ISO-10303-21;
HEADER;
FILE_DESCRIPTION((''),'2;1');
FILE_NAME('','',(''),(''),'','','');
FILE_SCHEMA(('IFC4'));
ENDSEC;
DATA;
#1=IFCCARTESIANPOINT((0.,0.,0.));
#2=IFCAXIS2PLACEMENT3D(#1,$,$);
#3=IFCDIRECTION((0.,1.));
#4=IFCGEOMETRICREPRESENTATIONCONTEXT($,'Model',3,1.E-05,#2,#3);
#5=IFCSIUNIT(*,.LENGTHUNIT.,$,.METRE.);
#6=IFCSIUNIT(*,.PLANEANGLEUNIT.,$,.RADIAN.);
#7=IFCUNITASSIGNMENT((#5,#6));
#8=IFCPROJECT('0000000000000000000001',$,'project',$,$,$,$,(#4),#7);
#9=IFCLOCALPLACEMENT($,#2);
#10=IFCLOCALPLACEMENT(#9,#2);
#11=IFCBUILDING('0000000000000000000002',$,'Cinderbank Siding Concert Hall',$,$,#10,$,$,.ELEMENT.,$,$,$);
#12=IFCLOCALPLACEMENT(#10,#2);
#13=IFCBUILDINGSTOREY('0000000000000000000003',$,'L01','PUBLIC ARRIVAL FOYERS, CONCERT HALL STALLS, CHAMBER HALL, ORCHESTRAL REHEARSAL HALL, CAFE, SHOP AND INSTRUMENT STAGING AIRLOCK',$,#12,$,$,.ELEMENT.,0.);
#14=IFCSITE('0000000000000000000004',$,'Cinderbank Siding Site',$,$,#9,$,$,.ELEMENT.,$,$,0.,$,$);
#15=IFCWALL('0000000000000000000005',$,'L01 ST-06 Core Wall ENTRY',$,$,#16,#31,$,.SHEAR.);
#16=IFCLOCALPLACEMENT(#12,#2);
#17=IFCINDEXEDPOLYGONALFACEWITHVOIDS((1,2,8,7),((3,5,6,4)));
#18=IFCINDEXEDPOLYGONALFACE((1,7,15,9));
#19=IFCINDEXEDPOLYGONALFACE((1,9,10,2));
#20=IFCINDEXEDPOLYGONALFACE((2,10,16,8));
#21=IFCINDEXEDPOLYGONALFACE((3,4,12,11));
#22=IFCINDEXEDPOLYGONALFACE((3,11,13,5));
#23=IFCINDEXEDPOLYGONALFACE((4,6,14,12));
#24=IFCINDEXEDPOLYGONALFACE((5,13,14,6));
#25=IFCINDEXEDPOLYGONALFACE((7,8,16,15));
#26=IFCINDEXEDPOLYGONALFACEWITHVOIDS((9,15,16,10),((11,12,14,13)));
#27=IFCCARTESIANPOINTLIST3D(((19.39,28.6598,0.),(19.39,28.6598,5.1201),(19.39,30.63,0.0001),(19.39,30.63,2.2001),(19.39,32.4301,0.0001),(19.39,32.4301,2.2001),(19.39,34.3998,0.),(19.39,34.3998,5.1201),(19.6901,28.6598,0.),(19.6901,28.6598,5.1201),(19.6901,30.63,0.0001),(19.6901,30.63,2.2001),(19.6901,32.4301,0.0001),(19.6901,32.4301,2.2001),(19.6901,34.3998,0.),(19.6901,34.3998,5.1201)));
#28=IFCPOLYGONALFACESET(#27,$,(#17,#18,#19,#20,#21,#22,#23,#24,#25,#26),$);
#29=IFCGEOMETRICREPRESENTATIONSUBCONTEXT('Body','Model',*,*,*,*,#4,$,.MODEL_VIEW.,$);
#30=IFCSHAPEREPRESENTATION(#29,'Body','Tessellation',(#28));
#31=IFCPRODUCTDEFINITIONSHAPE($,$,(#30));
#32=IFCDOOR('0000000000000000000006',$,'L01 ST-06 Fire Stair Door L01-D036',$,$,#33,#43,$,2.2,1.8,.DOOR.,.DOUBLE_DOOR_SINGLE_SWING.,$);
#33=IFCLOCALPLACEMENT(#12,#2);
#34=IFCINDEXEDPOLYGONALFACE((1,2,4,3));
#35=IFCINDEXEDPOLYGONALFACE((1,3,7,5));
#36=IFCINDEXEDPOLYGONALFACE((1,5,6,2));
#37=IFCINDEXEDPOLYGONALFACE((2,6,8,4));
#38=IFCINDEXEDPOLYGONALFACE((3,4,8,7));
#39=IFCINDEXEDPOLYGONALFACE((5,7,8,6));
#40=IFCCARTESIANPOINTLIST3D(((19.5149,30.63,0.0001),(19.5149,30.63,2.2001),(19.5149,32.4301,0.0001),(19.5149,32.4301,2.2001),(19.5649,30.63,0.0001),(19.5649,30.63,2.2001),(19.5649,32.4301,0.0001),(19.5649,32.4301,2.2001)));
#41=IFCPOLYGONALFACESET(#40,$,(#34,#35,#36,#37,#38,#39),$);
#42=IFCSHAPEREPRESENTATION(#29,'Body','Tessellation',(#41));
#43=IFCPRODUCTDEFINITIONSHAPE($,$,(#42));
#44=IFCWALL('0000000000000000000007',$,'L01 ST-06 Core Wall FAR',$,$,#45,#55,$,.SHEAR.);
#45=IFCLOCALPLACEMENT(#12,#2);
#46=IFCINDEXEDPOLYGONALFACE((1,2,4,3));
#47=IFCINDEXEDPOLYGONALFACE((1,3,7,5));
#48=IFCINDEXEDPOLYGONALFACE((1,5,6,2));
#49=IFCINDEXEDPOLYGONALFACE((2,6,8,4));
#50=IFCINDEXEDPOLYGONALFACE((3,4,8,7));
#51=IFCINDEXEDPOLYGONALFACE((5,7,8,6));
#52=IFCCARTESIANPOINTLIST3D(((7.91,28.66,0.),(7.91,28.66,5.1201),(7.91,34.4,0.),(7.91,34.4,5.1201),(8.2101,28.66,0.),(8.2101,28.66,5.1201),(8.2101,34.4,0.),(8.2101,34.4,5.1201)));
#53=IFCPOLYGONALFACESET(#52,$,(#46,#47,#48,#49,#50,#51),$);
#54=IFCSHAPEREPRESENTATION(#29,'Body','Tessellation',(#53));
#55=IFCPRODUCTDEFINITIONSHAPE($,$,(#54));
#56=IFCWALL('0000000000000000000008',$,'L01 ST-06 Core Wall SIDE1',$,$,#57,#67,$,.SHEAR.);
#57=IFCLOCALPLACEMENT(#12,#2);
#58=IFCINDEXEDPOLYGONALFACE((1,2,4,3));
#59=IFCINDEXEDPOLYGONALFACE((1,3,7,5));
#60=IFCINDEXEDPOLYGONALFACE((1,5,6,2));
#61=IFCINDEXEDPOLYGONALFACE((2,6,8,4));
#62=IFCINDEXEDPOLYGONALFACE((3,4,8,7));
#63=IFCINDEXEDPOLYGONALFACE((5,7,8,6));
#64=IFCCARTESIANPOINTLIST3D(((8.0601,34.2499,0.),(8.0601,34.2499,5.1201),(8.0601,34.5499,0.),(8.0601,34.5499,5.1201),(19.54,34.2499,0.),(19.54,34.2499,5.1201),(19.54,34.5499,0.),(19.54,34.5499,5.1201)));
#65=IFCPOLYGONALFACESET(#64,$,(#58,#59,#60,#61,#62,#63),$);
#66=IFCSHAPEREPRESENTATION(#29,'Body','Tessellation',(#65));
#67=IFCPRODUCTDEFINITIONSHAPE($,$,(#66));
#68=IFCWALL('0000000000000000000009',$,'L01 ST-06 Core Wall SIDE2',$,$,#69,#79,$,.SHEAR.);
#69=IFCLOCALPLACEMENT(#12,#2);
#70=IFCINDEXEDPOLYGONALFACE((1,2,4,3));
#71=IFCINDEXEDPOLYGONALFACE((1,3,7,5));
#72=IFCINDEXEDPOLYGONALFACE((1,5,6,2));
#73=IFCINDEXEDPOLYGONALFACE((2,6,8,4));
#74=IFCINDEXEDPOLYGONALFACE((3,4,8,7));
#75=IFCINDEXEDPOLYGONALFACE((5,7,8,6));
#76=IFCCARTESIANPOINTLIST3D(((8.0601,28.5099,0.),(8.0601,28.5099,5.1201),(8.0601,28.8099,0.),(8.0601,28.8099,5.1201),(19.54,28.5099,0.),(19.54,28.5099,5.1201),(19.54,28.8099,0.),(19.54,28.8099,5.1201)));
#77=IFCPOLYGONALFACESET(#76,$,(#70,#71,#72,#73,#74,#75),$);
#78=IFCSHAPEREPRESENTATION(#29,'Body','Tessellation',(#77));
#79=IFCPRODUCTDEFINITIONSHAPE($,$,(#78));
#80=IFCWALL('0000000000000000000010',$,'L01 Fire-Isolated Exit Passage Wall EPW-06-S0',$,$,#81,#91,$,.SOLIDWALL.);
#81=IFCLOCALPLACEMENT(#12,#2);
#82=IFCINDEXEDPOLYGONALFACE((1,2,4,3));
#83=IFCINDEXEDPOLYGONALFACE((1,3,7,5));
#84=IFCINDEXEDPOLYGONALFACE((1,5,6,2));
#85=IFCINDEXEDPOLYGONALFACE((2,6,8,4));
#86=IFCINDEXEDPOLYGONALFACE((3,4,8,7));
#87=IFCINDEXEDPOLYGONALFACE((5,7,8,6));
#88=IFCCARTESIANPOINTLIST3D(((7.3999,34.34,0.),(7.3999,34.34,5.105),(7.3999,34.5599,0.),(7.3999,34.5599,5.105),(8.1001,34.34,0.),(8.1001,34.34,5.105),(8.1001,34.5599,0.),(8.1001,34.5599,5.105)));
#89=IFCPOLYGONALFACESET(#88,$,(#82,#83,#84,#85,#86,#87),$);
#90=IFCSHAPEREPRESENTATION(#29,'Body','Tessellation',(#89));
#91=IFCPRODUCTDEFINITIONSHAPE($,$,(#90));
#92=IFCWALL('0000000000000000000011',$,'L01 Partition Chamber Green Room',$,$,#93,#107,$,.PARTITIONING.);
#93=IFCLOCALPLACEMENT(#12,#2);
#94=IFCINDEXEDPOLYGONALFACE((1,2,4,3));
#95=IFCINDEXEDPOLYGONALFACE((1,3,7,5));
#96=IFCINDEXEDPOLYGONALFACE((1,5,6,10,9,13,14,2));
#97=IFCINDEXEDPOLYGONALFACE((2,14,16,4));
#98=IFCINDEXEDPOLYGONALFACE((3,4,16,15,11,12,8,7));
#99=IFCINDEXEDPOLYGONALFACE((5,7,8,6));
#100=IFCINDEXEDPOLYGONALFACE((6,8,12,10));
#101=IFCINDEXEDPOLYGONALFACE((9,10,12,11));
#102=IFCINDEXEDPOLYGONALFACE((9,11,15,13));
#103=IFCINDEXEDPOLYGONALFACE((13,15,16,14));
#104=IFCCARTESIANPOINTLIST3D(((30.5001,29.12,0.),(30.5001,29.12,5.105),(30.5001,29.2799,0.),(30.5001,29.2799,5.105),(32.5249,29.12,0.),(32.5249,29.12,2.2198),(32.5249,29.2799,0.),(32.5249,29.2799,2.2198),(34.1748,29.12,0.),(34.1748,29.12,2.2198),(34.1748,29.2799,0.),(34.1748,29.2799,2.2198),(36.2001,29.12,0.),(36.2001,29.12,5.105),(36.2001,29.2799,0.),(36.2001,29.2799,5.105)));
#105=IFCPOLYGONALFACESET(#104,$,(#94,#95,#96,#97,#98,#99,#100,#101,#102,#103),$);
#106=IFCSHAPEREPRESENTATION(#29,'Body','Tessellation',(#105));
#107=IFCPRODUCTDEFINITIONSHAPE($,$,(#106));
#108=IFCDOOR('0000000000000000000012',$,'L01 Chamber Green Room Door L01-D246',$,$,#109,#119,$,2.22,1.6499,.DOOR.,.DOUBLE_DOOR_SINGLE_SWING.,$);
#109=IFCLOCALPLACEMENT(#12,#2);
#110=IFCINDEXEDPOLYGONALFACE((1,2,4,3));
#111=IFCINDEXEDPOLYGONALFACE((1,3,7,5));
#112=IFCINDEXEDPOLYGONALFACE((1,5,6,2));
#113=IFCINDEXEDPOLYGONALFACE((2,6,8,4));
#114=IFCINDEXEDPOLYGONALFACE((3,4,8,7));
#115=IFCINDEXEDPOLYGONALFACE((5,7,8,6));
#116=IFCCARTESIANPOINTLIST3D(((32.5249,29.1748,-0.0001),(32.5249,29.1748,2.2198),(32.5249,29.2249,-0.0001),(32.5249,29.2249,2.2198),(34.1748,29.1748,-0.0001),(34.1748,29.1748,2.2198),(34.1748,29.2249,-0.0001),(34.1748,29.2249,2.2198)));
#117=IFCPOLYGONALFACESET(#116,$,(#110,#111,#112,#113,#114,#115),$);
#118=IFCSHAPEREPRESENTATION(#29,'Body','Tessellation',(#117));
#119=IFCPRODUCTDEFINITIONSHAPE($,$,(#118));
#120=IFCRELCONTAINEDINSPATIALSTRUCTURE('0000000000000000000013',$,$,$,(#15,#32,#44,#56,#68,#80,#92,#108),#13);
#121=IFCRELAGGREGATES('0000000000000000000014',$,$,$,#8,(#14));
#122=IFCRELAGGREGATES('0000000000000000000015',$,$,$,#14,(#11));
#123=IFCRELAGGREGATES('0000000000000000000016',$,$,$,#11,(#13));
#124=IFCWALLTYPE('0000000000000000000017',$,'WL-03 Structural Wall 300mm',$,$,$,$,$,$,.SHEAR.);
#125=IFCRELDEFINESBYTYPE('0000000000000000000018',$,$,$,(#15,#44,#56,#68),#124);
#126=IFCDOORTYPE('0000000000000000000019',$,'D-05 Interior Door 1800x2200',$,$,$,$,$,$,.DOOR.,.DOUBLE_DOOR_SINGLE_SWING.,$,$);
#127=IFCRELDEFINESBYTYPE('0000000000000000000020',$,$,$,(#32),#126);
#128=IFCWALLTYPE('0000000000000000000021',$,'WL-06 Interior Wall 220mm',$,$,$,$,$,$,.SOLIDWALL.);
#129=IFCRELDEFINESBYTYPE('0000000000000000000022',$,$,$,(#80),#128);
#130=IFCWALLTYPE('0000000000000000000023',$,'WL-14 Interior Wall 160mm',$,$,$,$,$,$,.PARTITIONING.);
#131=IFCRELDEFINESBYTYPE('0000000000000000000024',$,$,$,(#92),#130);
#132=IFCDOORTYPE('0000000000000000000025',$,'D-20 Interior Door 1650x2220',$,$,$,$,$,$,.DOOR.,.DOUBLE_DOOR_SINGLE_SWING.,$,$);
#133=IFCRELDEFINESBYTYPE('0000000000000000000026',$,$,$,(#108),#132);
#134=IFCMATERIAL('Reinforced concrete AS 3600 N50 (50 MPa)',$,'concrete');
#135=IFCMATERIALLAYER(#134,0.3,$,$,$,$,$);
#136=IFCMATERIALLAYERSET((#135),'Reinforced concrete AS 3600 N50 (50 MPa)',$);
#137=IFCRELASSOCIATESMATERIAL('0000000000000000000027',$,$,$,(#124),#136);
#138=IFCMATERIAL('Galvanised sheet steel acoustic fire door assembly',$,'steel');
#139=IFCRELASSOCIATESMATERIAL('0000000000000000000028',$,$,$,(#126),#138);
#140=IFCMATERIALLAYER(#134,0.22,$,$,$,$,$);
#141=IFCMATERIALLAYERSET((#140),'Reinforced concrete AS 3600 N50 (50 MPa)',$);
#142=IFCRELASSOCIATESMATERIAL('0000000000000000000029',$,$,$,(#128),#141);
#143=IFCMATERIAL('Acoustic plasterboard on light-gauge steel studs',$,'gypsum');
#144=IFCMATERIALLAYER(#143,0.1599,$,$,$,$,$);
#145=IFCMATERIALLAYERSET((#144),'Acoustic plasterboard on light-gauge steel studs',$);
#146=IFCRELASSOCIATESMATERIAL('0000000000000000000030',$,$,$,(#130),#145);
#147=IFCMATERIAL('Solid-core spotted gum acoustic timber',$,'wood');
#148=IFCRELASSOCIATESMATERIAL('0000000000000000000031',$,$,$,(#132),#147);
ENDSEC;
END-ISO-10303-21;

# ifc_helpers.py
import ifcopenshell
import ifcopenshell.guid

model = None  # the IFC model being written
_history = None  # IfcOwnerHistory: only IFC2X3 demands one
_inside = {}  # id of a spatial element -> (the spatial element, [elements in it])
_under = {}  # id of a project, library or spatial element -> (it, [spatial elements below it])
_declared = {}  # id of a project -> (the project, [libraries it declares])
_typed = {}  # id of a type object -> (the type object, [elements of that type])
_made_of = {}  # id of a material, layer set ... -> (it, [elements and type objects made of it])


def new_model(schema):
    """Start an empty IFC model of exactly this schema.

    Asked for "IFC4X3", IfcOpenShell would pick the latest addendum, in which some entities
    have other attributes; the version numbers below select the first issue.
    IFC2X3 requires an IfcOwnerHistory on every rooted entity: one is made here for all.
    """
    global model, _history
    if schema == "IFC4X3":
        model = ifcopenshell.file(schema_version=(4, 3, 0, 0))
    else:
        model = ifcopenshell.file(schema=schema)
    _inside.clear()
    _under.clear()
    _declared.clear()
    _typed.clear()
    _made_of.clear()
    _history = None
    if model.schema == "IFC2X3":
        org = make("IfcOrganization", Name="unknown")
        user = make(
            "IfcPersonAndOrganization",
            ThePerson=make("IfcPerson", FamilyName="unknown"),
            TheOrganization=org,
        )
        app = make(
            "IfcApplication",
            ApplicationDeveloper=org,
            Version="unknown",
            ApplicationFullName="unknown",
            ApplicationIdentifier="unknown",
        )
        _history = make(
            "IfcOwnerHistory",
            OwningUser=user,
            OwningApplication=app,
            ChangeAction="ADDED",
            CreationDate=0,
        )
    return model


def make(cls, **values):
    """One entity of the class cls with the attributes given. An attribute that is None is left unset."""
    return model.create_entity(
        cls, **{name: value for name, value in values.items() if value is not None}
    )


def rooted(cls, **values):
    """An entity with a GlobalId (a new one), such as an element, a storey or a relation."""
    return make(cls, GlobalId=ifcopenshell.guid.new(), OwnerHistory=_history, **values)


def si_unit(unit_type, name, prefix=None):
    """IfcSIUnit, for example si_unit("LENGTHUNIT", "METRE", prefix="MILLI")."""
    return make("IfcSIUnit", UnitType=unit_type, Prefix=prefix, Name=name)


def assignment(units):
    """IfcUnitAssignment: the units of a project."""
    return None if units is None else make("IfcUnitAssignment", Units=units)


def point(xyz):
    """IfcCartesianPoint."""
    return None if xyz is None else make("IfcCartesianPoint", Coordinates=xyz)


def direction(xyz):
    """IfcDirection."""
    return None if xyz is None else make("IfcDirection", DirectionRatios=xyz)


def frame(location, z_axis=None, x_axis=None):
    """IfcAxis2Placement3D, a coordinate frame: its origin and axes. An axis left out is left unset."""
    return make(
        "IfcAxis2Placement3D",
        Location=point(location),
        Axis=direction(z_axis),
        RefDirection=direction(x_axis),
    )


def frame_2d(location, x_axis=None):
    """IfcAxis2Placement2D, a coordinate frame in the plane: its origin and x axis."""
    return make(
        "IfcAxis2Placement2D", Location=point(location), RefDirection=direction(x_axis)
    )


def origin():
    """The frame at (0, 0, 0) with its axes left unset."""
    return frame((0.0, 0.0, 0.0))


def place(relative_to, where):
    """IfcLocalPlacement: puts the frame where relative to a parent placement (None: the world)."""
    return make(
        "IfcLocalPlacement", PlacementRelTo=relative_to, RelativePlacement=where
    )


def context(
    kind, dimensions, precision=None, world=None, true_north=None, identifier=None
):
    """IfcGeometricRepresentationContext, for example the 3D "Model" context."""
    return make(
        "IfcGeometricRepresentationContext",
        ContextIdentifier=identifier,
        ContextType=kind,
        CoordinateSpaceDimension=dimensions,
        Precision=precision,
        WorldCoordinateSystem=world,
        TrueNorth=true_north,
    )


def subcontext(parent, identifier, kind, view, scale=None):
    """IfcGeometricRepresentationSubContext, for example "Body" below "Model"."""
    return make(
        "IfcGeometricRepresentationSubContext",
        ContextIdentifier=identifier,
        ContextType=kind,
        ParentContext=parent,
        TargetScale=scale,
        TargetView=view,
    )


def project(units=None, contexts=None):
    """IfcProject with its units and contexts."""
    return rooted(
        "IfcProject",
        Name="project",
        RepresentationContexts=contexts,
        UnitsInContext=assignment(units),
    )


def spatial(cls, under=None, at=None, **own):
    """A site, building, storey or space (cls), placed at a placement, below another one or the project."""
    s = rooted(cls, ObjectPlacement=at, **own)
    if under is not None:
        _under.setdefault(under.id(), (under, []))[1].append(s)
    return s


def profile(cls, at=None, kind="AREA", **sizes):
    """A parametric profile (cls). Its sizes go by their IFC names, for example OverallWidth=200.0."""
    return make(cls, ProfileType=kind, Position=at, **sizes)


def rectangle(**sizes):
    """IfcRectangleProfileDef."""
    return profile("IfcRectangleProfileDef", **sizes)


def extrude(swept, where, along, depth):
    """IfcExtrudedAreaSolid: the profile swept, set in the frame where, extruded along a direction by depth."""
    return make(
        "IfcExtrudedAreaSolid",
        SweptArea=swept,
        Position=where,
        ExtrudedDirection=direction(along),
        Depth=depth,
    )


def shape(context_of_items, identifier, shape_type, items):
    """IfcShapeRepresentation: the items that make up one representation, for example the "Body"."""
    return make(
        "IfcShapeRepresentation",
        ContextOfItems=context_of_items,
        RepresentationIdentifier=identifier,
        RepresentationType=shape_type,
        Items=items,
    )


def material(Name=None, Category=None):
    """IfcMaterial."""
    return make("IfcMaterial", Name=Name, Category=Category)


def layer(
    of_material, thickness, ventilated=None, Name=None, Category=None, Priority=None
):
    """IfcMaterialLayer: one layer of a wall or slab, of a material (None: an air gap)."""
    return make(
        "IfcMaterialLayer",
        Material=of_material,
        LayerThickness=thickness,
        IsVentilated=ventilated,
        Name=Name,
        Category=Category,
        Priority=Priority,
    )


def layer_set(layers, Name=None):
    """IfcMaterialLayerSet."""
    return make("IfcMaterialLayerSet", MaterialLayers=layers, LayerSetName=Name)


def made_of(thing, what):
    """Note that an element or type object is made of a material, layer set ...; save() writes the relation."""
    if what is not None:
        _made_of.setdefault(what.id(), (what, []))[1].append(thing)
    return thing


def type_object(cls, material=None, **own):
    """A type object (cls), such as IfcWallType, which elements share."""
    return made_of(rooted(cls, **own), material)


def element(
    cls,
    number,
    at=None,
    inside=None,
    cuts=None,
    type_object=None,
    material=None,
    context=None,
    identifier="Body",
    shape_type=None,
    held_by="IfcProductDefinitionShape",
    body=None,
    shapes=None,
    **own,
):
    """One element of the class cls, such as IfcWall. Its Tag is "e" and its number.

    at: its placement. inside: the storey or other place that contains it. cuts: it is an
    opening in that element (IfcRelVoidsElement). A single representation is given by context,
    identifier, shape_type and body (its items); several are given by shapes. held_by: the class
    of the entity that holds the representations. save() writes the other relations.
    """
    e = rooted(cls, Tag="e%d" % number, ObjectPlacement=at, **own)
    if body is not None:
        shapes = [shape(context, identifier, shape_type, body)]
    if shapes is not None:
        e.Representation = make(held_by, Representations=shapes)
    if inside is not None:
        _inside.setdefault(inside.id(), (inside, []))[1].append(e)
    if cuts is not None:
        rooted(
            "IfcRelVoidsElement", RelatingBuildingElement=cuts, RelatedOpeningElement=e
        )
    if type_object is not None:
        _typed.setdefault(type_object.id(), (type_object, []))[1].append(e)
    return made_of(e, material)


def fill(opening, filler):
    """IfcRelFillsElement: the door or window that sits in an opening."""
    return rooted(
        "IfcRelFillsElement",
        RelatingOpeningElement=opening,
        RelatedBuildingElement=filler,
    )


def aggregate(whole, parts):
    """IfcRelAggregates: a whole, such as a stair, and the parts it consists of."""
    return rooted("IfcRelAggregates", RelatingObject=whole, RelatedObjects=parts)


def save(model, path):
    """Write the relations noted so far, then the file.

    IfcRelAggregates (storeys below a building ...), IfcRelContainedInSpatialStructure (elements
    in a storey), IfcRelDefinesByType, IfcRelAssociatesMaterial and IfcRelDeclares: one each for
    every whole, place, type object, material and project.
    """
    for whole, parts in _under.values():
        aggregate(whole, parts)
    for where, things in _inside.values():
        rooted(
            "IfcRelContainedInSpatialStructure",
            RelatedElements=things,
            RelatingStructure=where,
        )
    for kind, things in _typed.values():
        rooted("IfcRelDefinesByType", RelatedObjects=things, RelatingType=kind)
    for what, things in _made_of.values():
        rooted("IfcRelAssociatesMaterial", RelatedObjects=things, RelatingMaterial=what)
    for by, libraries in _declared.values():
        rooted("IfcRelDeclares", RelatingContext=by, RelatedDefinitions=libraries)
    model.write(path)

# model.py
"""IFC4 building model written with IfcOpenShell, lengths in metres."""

from ifc_helpers import new_model, si_unit, direction, frame, frame_2d, origin, place, context, subcontext, project, spatial, rectangle, extrude, material, layer, layer_set, type_object, element, fill, save


model = new_model("IFC4")

# Units and contexts
model_context = context("Model", 3, precision=1e-05, world=origin(), true_north=direction((0.0, 1.0)))
body_context = subcontext(model_context, "Body", "Model", "MODEL_VIEW")
ifc_project = project(units=[si_unit("LENGTHUNIT", "METRE"), si_unit("PLANEANGLEUNIT", "RADIAN")], contexts=[model_context])

# Site, building, storey
site_placement = place(None, origin())
site = spatial("IfcSite", under=ifc_project, at=site_placement, Name="Cinderbank Siding Site", CompositionType="ELEMENT", RefElevation=0.0)
building_placement = place(site_placement, origin())
building = spatial("IfcBuilding", under=site, at=building_placement, Name="Cinderbank Siding Concert Hall", CompositionType="ELEMENT")
storey_placement = place(building_placement, origin())
storey = spatial("IfcBuildingStorey", under=building, at=storey_placement, Name="L01", Description="PUBLIC ARRIVAL FOYERS, CONCERT HALL STALLS, CHAMBER HALL, ORCHESTRAL REHEARSAL HALL, CAFE, SHOP AND INSTRUMENT STAGING AIRLOCK", CompositionType="ELEMENT", Elevation=0.0)

# Shared definitions
ifc_material_1 = material(Name="Reinforced concrete AS 3600 N50 (50 MPa)", Category="concrete")

# Wall, opening, door
ifc_layer_1 = layer(ifc_material_1, 0.3)
ifc_layer_set_1 = layer_set([ifc_layer_1], Name="Reinforced concrete AS 3600 N50 (50 MPa)")
wall_type_1 = type_object("IfcWallType", Name="WL-03 Structural Wall 300mm", PredefinedType="SHEAR", material=ifc_layer_set_1)
wall_1_placement = place(storey_placement, frame((19.54, 34.3999, 0.0), z_axis=(0.0, 0.0, 1.0), x_axis=(0.0, -1.0, 0.0)))
wall_1 = element("IfcWall", 1, at=wall_1_placement, inside=storey, type_object=wall_type_1, Name="L01 ST-06 Core Wall ENTRY", PredefinedType="SHEAR", context=body_context, shape_type="SweptSolid", body=[
    extrude(rectangle(XDim=5.74, YDim=0.3, at=frame_2d((2.8701, 0.0))), origin(), (0.0, 0.0, 1.0), 5.1201),
])
opening_1_placement = place(wall_1_placement, frame((1.97, 0.0, 0.0)))
opening_1 = element("IfcOpeningElement", 2, at=opening_1_placement, cuts=wall_1, PredefinedType="OPENING", context=body_context, shape_type="SweptSolid", body=[
    extrude(rectangle(XDim=1.8, YDim=2.2, at=frame_2d((0.8999, 1.1001))), frame((0.0, 0.1621, 0.0), z_axis=(0.0, -1.0, 0.0), x_axis=(1.0, 0.0, 0.0)), (0.0, 0.0, 1.0), 0.324),
])
ifc_material_2 = material(Name="Galvanised sheet steel acoustic fire door assembly", Category="steel")
door_type_1 = type_object("IfcDoorType", Name="D-05 Interior Door 1800x2200", OperationType="DOUBLE_DOOR_SINGLE_SWING", PredefinedType="DOOR", material=ifc_material_2)
door_1_placement = place(opening_1_placement, origin())
door_1 = element("IfcDoor", 3, at=door_1_placement, inside=storey, type_object=door_type_1, Name="L01 ST-06 Fire Stair Door L01-D036", OperationType="DOUBLE_DOOR_SINGLE_SWING", OverallHeight=2.2, OverallWidth=1.8, PredefinedType="DOOR", context=body_context, shape_type="SweptSolid", body=[
    extrude(rectangle(XDim=1.8, YDim=2.2, at=frame_2d((0.8999, 1.1001))), frame((0.0, 0.0249, 0.0), z_axis=(0.0, -1.0, 0.0), x_axis=(1.0, 0.0, 0.0)), (0.0, 0.0, 1.0), 0.05),
])
fill(opening_1, door_1)

# Walls
wall_2_placement = place(storey_placement, frame((8.0601, 28.6599, 0.0), z_axis=(0.0, 0.0, 1.0), x_axis=(0.0, 1.0, 0.0)))
element("IfcWall", 4, at=wall_2_placement, inside=storey, type_object=wall_type_1, Name="L01 ST-06 Core Wall FAR", PredefinedType="SHEAR", context=body_context, shape_type="SweptSolid", body=[
    extrude(rectangle(XDim=5.74, YDim=0.3, at=frame_2d((2.8701, 0.0))), origin(), (0.0, 0.0, 1.0), 5.1201),
])
for number, where, z_axis, x_axis, name in (
    (5, (8.0601, 34.3999, 0.0), (0.0, 0.0, 1.0), (1.0, 0.0, 0.0), "L01 ST-06 Core Wall SIDE1"),
    (6, (19.54, 28.6599, 0.0), (0.0, 0.0, 1.0), (-1.0, 0.0, 0.0), "L01 ST-06 Core Wall SIDE2"),
):
    element("IfcWall", number, at=place(storey_placement, frame(where, z_axis=z_axis, x_axis=x_axis)), inside=storey, type_object=wall_type_1, Name=name, PredefinedType="SHEAR", context=body_context, shape_type="SweptSolid", body=[
        extrude(rectangle(XDim=11.48, YDim=0.3, at=frame_2d((5.74, 0.0))), origin(), (0.0, 0.0, 1.0), 5.1201),
    ])
ifc_layer_2 = layer(ifc_material_1, 0.22)
ifc_layer_set_2 = layer_set([ifc_layer_2], Name="Reinforced concrete AS 3600 N50 (50 MPa)")
wall_type_2 = type_object("IfcWallType", Name="WL-06 Interior Wall 220mm", PredefinedType="SOLIDWALL", material=ifc_layer_set_2)
wall_3_placement = place(storey_placement, frame((8.1001, 34.45, 0.0), z_axis=(0.0, 0.0, 1.0), x_axis=(-1.0, 0.0, 0.0)))
element("IfcWall", 7, at=wall_3_placement, inside=storey, type_object=wall_type_2, Name="L01 Fire-Isolated Exit Passage Wall EPW-06-S0", PredefinedType="SOLIDWALL", context=body_context, shape_type="SweptSolid", body=[
    extrude(rectangle(XDim=0.7002, YDim=0.22, at=frame_2d((0.3501, 0.0))), origin(), (0.0, 0.0, 1.0), 5.105),
])

# Wall, opening, door
ifc_material_3 = material(Name="Acoustic plasterboard on light-gauge steel studs", Category="gypsum")
ifc_layer_3 = layer(ifc_material_3, 0.1599)
ifc_layer_set_3 = layer_set([ifc_layer_3], Name="Acoustic plasterboard on light-gauge steel studs")
wall_type_3 = type_object("IfcWallType", Name="WL-14 Interior Wall 160mm", PredefinedType="PARTITIONING", material=ifc_layer_set_3)
wall_4_placement = place(storey_placement, frame((30.5, 29.2, 0.0), z_axis=(0.0, 0.0, 1.0), x_axis=(1.0, 0.0, 0.0)))
wall_4 = element("IfcWall", 8, at=wall_4_placement, inside=storey, type_object=wall_type_3, Name="L01 Partition Chamber Green Room", PredefinedType="PARTITIONING", context=body_context, shape_type="SweptSolid", body=[
    extrude(rectangle(XDim=5.7, YDim=0.1599, at=frame_2d((2.8501, 0.0))), origin(), (0.0, 0.0, 1.0), 5.105),
])
opening_2_placement = place(wall_4_placement, frame((2.0249, 0.0, 0.0)))
opening_2 = element("IfcOpeningElement", 9, at=opening_2_placement, cuts=wall_4, PredefinedType="OPENING", context=body_context, shape_type="SweptSolid", body=[
    extrude(rectangle(XDim=1.6499, YDim=2.22, at=frame_2d((0.825, 1.1099))), frame((0.0, 0.0918, 0.0), z_axis=(0.0, -1.0, 0.0), x_axis=(1.0, 0.0, 0.0)), (0.0, 0.0, 1.0), 0.1838),
])
ifc_material_4 = material(Name="Solid-core spotted gum acoustic timber", Category="wood")
door_type_2 = type_object("IfcDoorType", Name="D-20 Interior Door 1650x2220", OperationType="DOUBLE_DOOR_SINGLE_SWING", PredefinedType="DOOR", material=ifc_material_4)
door_2_placement = place(opening_2_placement, origin())
door_2 = element("IfcDoor", 10, at=door_2_placement, inside=storey, type_object=door_type_2, Name="L01 Chamber Green Room Door L01-D246", OperationType="DOUBLE_DOOR_SINGLE_SWING", OverallHeight=2.22, OverallWidth=1.6499, PredefinedType="DOOR", context=body_context, shape_type="SweptSolid", body=[
    extrude(rectangle(XDim=1.6499, YDim=2.22, at=frame_2d((0.825, 1.1099))), frame((0.0, 0.0249, 0.0), z_axis=(0.0, -1.0, 0.0), x_axis=(1.0, 0.0, 0.0)), (0.0, 0.0, 1.0), 0.05),
])
fill(opening_2, door_2)

save(model, "model.ifc")
